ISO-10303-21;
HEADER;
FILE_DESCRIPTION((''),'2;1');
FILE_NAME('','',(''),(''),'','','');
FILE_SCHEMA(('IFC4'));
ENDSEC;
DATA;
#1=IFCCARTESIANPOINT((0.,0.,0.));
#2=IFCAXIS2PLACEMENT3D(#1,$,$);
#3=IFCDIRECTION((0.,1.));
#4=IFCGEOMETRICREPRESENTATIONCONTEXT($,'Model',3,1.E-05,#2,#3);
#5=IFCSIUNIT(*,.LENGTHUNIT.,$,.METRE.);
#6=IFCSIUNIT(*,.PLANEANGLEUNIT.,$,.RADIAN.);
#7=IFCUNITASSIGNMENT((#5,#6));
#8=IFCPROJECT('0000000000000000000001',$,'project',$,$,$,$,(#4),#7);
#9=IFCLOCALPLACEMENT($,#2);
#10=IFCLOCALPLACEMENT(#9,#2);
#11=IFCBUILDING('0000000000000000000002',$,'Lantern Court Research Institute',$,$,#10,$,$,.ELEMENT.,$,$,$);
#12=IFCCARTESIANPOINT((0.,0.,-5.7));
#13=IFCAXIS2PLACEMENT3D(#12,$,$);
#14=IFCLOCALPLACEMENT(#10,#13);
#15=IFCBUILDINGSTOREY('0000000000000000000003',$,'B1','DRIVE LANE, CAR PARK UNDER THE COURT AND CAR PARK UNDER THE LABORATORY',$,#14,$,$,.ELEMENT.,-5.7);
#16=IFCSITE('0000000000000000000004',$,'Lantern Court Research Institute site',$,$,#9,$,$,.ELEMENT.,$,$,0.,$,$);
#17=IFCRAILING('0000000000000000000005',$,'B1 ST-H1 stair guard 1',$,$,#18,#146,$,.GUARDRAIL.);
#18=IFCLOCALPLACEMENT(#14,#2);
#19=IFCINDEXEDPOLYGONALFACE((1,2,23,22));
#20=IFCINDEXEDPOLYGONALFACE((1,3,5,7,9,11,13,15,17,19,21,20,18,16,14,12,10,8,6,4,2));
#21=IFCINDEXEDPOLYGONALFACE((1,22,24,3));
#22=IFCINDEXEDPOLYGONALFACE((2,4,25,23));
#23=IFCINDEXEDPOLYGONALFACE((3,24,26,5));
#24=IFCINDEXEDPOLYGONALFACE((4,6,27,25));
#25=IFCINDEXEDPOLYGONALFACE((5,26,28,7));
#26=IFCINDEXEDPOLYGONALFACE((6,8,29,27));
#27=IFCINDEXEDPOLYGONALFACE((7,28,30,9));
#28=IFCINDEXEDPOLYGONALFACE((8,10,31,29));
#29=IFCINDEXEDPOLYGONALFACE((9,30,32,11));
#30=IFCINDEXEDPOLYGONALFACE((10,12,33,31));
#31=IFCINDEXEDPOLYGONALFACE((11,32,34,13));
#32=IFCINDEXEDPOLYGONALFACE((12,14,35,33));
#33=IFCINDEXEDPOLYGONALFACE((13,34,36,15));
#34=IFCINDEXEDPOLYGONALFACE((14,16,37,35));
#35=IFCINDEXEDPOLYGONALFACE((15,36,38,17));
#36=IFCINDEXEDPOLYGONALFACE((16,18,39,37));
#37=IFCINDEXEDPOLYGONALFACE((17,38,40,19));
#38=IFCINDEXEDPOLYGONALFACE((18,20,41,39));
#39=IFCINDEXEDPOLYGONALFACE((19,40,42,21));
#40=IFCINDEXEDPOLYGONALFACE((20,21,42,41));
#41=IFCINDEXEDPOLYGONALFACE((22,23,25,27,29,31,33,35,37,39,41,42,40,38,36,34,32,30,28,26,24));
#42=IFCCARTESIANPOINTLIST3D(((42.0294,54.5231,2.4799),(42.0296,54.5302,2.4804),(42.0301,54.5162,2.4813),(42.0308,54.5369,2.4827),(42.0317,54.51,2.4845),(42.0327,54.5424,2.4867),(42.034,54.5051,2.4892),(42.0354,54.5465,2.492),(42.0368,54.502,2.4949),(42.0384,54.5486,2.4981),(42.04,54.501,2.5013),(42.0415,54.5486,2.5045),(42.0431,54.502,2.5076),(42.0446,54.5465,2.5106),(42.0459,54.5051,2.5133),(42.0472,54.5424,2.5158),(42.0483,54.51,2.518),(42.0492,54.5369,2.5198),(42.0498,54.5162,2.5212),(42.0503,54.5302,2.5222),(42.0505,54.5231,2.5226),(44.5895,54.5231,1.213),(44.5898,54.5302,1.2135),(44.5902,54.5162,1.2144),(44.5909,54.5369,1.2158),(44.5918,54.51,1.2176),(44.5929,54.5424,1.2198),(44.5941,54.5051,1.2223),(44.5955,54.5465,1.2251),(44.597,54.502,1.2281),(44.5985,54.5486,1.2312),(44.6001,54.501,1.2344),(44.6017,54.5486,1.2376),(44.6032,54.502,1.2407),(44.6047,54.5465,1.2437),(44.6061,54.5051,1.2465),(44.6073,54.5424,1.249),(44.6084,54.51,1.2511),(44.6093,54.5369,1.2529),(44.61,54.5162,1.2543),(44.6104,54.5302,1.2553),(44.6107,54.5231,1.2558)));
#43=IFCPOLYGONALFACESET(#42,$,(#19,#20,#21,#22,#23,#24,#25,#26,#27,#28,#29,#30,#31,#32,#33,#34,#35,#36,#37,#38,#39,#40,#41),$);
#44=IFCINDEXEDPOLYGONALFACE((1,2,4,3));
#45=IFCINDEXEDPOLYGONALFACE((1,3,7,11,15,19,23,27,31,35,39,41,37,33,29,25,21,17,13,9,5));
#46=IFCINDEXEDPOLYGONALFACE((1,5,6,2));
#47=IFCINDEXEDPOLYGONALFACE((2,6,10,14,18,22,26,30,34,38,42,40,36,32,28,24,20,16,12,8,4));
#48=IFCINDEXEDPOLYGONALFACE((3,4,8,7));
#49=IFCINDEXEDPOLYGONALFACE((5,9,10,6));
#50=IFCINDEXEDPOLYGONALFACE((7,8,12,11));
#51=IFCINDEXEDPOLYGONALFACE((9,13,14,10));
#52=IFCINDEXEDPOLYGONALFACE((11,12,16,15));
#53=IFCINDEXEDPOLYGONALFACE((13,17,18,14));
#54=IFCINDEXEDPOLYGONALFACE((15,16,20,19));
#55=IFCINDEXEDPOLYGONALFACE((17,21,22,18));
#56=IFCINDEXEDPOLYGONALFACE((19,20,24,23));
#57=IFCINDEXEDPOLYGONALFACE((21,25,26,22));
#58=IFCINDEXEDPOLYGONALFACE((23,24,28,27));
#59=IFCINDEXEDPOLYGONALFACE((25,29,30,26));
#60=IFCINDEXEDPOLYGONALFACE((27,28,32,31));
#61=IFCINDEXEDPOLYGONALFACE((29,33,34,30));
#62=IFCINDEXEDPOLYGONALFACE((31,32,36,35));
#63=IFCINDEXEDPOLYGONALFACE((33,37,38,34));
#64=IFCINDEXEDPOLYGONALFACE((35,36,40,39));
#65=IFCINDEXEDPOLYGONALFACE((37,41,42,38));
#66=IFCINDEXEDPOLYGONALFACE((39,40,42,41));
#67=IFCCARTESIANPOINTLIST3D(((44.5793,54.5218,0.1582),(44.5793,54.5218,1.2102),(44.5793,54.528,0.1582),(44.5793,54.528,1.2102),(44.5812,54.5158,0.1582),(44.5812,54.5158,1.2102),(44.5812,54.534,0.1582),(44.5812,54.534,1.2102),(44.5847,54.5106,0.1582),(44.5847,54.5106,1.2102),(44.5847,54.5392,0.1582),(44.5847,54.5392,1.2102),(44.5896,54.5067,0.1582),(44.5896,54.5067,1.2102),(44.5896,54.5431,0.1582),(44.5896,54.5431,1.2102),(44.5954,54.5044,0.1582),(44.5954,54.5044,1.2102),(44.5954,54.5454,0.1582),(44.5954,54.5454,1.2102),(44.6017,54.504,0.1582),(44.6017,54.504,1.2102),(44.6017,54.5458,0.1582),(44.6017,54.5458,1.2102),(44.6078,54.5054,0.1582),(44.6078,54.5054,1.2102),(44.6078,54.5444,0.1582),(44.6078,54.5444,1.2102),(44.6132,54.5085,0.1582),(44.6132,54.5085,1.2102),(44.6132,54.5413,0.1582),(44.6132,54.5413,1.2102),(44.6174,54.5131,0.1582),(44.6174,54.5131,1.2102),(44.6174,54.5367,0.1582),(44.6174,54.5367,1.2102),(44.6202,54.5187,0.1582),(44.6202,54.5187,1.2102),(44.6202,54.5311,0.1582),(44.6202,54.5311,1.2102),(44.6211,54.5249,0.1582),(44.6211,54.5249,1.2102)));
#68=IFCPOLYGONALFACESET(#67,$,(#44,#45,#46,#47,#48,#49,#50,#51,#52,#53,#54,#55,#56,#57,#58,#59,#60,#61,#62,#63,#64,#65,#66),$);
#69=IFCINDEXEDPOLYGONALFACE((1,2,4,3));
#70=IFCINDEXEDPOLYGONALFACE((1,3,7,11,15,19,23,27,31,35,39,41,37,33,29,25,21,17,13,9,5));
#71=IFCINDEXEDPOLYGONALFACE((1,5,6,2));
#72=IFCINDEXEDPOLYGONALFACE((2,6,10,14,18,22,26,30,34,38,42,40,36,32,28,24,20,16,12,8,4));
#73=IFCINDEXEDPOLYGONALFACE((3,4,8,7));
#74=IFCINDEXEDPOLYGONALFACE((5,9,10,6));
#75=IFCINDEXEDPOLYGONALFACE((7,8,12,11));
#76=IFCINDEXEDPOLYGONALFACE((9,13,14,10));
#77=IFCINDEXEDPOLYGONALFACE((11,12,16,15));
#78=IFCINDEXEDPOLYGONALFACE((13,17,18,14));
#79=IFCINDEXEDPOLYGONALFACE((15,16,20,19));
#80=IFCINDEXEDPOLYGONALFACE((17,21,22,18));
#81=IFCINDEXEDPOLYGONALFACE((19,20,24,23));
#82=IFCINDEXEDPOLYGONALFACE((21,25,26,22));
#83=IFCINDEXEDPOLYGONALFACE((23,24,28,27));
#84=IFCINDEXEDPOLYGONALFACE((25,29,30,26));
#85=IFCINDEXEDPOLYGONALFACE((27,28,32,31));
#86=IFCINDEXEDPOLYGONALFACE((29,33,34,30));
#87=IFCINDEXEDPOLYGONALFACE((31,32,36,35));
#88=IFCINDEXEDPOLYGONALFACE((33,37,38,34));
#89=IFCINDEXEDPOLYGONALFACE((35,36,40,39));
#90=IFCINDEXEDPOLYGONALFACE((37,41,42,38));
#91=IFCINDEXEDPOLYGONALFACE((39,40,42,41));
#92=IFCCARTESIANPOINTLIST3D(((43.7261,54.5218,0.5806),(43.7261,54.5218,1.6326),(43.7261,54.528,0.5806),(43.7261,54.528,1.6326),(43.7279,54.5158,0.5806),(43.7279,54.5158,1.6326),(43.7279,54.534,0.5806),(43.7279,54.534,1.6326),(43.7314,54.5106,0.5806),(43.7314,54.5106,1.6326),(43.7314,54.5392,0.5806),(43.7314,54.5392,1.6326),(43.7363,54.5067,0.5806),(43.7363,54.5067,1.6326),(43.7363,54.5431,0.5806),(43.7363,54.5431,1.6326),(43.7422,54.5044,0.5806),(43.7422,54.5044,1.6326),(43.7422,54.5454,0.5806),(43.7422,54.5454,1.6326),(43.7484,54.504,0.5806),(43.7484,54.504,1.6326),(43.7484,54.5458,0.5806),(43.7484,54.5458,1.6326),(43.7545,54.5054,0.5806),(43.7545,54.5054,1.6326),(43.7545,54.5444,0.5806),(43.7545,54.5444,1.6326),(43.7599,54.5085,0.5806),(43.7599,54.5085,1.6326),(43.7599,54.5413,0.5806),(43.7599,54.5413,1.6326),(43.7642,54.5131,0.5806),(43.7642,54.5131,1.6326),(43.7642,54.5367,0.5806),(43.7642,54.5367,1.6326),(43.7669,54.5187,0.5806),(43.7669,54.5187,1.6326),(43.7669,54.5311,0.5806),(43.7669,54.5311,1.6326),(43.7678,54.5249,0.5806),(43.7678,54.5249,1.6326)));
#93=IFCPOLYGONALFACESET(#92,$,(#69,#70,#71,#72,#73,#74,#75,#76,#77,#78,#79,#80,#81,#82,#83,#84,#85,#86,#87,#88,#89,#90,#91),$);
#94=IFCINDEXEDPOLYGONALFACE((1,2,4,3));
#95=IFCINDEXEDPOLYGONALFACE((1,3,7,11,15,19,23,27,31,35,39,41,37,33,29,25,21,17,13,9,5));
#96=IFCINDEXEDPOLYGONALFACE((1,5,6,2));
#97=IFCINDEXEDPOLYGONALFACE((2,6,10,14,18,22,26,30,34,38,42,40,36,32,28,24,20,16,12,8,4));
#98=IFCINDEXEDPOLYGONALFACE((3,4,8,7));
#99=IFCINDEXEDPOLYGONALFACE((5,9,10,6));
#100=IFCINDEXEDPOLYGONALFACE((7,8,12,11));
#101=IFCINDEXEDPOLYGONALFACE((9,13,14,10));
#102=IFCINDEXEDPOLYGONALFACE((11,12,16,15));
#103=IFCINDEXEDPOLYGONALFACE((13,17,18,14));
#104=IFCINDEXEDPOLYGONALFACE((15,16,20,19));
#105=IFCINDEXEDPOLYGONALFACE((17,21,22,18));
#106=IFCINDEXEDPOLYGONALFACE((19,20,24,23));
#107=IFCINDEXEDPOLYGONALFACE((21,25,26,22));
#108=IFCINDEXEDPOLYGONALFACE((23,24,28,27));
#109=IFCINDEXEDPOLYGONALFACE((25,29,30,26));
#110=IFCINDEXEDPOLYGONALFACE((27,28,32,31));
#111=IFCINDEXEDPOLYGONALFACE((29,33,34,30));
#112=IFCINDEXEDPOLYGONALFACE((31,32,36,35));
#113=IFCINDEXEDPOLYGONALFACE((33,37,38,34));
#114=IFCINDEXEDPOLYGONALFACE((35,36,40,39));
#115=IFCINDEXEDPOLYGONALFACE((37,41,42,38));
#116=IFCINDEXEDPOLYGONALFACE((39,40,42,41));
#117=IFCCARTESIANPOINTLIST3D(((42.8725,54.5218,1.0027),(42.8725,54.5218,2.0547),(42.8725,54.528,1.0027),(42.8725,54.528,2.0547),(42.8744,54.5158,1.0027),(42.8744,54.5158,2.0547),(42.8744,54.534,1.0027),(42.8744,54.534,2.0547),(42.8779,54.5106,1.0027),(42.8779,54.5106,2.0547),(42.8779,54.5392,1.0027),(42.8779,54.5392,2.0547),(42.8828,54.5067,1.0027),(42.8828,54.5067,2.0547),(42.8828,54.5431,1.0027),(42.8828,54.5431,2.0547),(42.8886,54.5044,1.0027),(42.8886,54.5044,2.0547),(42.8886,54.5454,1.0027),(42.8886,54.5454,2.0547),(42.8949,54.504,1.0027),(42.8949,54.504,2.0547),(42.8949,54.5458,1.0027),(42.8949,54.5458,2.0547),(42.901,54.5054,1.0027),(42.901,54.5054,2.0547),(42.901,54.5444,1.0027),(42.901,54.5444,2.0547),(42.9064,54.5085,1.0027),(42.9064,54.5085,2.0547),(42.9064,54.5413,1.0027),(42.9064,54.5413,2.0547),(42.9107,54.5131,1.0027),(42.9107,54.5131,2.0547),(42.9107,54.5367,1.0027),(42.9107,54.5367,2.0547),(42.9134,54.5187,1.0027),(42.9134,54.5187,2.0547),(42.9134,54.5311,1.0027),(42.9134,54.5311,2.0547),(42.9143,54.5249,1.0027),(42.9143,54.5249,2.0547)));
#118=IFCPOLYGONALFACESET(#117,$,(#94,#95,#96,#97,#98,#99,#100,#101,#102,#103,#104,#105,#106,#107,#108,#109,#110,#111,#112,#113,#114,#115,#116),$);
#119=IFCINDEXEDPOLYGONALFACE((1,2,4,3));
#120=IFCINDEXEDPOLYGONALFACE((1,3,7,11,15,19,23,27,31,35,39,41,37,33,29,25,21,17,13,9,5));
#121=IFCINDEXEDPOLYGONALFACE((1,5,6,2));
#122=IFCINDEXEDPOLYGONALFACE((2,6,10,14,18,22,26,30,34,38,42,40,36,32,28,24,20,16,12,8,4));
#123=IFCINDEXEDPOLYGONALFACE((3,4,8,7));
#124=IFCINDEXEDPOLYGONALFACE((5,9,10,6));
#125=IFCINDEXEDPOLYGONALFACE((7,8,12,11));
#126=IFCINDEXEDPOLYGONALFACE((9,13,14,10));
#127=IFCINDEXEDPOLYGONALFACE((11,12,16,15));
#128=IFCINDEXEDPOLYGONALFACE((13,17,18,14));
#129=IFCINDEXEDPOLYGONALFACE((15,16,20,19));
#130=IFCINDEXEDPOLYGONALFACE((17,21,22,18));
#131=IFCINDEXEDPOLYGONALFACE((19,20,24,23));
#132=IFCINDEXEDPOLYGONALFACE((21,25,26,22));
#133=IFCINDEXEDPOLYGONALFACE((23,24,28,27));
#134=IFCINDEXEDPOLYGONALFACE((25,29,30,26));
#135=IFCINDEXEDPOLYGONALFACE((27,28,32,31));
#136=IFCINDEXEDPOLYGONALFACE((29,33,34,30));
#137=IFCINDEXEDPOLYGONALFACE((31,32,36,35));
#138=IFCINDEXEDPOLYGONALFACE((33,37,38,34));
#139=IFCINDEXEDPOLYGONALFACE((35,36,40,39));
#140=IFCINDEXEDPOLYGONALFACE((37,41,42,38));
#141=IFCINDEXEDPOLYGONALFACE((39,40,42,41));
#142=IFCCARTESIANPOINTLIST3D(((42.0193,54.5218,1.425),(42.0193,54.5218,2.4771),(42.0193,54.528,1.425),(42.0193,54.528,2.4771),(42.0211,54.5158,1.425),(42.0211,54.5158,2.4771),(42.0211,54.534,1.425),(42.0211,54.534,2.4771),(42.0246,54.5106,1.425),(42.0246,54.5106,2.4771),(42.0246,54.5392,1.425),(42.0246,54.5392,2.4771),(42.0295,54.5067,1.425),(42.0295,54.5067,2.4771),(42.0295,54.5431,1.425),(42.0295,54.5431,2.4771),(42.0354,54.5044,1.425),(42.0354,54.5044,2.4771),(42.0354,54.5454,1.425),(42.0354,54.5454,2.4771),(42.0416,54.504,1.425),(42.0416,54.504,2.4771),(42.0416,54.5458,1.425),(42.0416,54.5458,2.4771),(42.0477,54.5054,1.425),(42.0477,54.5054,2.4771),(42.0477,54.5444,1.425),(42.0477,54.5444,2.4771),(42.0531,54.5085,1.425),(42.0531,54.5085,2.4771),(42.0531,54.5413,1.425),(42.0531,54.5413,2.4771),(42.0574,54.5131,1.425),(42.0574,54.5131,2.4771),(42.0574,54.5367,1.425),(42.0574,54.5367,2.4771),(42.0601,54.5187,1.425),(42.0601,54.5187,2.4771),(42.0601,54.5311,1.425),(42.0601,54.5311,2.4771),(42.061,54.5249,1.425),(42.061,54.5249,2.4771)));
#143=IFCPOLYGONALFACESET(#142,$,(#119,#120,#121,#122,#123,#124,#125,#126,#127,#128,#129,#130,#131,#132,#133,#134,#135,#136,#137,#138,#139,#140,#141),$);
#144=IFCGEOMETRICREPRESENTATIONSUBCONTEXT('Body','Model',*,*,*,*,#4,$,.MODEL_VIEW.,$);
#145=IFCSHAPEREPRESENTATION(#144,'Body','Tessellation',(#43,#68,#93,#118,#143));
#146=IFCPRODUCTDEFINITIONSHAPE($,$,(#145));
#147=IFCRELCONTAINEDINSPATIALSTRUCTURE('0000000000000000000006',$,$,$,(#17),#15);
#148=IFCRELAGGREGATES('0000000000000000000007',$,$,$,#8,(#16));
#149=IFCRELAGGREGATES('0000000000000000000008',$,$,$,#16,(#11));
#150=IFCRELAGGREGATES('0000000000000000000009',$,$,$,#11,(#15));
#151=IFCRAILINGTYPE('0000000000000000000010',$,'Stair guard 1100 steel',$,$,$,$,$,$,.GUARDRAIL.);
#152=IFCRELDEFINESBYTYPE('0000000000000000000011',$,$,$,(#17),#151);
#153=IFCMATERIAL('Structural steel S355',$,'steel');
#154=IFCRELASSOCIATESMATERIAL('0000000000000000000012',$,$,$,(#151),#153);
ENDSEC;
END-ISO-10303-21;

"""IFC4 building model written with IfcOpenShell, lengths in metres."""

from ifc_helpers import new_model, si_unit, direction, frame, origin, origin_2d, place, context, subcontext, project, spatial, circle, extrude, material, type_object, element, save


model = new_model("IFC4")

# Units and contexts
model_context = context("Model", 3, precision=1e-05, world=origin(), true_north=direction((0.0, 1.0)))
body_context = subcontext(model_context, "Body", "Model", "MODEL_VIEW")
ifc_project = project(units=[si_unit("LENGTHUNIT", "METRE"), si_unit("PLANEANGLEUNIT", "RADIAN")], contexts=[model_context])

# Site, building, storey
site_placement = place(None, origin())
site = spatial("IfcSite", under=ifc_project, at=site_placement, Name="Lantern Court Research Institute site", CompositionType="ELEMENT", RefElevation=0.0)
building_placement = place(site_placement, origin())
building = spatial("IfcBuilding", under=site, at=building_placement, Name="Lantern Court Research Institute", CompositionType="ELEMENT")
storey_placement = place(building_placement, frame((0.0, 0.0, -5.7)))
storey = spatial("IfcBuildingStorey", under=building, at=storey_placement, Name="B1", Description="DRIVE LANE, CAR PARK UNDER THE COURT AND CAR PARK UNDER THE LABORATORY", CompositionType="ELEMENT", Elevation=-5.7)

# Railing
ifc_material_1 = material(Name="Structural steel S355", Category="steel")
railing_type_1 = type_object("IfcRailingType", Name="Stair guard 1100 steel", PredefinedType="GUARDRAIL", material=ifc_material_1)
railing_1_placement = place(storey_placement, frame((44.6001, 54.5249, 0.1582)))
element("IfcRailing", 1, at=railing_1_placement, inside=storey, type_object=railing_type_1, Name="B1 ST-H1 stair guard 1", PredefinedType="GUARDRAIL", context=body_context, shape_type="SweptSolid", body=[
    extrude(circle(Radius=0.0239, at=origin_2d()), frame((0.0, 0.0, 1.0762), z_axis=(-0.896266, 0.0, 0.443517), x_axis=(0.0, -1.0, 0.0)), (0.0, 0.0, 1.0), 2.8564),
    extrude(circle(Radius=0.021, at=origin_2d()), origin(), (0.0, 0.0, 1.0), 1.052),
    extrude(circle(Radius=0.021, at=origin_2d()), frame((-0.8533, 0.0, 0.4224)), (0.0, 0.0, 1.0), 1.052),
    extrude(circle(Radius=0.021, at=origin_2d()), frame((-1.7068, 0.0, 0.8445)), (0.0, 0.0, 1.0), 1.052),
    extrude(circle(Radius=0.021, at=origin_2d()), frame((-2.5601, 0.0, 1.2668)), (0.0, 0.0, 1.0), 1.052),
])

save(model, "model.ifc")
